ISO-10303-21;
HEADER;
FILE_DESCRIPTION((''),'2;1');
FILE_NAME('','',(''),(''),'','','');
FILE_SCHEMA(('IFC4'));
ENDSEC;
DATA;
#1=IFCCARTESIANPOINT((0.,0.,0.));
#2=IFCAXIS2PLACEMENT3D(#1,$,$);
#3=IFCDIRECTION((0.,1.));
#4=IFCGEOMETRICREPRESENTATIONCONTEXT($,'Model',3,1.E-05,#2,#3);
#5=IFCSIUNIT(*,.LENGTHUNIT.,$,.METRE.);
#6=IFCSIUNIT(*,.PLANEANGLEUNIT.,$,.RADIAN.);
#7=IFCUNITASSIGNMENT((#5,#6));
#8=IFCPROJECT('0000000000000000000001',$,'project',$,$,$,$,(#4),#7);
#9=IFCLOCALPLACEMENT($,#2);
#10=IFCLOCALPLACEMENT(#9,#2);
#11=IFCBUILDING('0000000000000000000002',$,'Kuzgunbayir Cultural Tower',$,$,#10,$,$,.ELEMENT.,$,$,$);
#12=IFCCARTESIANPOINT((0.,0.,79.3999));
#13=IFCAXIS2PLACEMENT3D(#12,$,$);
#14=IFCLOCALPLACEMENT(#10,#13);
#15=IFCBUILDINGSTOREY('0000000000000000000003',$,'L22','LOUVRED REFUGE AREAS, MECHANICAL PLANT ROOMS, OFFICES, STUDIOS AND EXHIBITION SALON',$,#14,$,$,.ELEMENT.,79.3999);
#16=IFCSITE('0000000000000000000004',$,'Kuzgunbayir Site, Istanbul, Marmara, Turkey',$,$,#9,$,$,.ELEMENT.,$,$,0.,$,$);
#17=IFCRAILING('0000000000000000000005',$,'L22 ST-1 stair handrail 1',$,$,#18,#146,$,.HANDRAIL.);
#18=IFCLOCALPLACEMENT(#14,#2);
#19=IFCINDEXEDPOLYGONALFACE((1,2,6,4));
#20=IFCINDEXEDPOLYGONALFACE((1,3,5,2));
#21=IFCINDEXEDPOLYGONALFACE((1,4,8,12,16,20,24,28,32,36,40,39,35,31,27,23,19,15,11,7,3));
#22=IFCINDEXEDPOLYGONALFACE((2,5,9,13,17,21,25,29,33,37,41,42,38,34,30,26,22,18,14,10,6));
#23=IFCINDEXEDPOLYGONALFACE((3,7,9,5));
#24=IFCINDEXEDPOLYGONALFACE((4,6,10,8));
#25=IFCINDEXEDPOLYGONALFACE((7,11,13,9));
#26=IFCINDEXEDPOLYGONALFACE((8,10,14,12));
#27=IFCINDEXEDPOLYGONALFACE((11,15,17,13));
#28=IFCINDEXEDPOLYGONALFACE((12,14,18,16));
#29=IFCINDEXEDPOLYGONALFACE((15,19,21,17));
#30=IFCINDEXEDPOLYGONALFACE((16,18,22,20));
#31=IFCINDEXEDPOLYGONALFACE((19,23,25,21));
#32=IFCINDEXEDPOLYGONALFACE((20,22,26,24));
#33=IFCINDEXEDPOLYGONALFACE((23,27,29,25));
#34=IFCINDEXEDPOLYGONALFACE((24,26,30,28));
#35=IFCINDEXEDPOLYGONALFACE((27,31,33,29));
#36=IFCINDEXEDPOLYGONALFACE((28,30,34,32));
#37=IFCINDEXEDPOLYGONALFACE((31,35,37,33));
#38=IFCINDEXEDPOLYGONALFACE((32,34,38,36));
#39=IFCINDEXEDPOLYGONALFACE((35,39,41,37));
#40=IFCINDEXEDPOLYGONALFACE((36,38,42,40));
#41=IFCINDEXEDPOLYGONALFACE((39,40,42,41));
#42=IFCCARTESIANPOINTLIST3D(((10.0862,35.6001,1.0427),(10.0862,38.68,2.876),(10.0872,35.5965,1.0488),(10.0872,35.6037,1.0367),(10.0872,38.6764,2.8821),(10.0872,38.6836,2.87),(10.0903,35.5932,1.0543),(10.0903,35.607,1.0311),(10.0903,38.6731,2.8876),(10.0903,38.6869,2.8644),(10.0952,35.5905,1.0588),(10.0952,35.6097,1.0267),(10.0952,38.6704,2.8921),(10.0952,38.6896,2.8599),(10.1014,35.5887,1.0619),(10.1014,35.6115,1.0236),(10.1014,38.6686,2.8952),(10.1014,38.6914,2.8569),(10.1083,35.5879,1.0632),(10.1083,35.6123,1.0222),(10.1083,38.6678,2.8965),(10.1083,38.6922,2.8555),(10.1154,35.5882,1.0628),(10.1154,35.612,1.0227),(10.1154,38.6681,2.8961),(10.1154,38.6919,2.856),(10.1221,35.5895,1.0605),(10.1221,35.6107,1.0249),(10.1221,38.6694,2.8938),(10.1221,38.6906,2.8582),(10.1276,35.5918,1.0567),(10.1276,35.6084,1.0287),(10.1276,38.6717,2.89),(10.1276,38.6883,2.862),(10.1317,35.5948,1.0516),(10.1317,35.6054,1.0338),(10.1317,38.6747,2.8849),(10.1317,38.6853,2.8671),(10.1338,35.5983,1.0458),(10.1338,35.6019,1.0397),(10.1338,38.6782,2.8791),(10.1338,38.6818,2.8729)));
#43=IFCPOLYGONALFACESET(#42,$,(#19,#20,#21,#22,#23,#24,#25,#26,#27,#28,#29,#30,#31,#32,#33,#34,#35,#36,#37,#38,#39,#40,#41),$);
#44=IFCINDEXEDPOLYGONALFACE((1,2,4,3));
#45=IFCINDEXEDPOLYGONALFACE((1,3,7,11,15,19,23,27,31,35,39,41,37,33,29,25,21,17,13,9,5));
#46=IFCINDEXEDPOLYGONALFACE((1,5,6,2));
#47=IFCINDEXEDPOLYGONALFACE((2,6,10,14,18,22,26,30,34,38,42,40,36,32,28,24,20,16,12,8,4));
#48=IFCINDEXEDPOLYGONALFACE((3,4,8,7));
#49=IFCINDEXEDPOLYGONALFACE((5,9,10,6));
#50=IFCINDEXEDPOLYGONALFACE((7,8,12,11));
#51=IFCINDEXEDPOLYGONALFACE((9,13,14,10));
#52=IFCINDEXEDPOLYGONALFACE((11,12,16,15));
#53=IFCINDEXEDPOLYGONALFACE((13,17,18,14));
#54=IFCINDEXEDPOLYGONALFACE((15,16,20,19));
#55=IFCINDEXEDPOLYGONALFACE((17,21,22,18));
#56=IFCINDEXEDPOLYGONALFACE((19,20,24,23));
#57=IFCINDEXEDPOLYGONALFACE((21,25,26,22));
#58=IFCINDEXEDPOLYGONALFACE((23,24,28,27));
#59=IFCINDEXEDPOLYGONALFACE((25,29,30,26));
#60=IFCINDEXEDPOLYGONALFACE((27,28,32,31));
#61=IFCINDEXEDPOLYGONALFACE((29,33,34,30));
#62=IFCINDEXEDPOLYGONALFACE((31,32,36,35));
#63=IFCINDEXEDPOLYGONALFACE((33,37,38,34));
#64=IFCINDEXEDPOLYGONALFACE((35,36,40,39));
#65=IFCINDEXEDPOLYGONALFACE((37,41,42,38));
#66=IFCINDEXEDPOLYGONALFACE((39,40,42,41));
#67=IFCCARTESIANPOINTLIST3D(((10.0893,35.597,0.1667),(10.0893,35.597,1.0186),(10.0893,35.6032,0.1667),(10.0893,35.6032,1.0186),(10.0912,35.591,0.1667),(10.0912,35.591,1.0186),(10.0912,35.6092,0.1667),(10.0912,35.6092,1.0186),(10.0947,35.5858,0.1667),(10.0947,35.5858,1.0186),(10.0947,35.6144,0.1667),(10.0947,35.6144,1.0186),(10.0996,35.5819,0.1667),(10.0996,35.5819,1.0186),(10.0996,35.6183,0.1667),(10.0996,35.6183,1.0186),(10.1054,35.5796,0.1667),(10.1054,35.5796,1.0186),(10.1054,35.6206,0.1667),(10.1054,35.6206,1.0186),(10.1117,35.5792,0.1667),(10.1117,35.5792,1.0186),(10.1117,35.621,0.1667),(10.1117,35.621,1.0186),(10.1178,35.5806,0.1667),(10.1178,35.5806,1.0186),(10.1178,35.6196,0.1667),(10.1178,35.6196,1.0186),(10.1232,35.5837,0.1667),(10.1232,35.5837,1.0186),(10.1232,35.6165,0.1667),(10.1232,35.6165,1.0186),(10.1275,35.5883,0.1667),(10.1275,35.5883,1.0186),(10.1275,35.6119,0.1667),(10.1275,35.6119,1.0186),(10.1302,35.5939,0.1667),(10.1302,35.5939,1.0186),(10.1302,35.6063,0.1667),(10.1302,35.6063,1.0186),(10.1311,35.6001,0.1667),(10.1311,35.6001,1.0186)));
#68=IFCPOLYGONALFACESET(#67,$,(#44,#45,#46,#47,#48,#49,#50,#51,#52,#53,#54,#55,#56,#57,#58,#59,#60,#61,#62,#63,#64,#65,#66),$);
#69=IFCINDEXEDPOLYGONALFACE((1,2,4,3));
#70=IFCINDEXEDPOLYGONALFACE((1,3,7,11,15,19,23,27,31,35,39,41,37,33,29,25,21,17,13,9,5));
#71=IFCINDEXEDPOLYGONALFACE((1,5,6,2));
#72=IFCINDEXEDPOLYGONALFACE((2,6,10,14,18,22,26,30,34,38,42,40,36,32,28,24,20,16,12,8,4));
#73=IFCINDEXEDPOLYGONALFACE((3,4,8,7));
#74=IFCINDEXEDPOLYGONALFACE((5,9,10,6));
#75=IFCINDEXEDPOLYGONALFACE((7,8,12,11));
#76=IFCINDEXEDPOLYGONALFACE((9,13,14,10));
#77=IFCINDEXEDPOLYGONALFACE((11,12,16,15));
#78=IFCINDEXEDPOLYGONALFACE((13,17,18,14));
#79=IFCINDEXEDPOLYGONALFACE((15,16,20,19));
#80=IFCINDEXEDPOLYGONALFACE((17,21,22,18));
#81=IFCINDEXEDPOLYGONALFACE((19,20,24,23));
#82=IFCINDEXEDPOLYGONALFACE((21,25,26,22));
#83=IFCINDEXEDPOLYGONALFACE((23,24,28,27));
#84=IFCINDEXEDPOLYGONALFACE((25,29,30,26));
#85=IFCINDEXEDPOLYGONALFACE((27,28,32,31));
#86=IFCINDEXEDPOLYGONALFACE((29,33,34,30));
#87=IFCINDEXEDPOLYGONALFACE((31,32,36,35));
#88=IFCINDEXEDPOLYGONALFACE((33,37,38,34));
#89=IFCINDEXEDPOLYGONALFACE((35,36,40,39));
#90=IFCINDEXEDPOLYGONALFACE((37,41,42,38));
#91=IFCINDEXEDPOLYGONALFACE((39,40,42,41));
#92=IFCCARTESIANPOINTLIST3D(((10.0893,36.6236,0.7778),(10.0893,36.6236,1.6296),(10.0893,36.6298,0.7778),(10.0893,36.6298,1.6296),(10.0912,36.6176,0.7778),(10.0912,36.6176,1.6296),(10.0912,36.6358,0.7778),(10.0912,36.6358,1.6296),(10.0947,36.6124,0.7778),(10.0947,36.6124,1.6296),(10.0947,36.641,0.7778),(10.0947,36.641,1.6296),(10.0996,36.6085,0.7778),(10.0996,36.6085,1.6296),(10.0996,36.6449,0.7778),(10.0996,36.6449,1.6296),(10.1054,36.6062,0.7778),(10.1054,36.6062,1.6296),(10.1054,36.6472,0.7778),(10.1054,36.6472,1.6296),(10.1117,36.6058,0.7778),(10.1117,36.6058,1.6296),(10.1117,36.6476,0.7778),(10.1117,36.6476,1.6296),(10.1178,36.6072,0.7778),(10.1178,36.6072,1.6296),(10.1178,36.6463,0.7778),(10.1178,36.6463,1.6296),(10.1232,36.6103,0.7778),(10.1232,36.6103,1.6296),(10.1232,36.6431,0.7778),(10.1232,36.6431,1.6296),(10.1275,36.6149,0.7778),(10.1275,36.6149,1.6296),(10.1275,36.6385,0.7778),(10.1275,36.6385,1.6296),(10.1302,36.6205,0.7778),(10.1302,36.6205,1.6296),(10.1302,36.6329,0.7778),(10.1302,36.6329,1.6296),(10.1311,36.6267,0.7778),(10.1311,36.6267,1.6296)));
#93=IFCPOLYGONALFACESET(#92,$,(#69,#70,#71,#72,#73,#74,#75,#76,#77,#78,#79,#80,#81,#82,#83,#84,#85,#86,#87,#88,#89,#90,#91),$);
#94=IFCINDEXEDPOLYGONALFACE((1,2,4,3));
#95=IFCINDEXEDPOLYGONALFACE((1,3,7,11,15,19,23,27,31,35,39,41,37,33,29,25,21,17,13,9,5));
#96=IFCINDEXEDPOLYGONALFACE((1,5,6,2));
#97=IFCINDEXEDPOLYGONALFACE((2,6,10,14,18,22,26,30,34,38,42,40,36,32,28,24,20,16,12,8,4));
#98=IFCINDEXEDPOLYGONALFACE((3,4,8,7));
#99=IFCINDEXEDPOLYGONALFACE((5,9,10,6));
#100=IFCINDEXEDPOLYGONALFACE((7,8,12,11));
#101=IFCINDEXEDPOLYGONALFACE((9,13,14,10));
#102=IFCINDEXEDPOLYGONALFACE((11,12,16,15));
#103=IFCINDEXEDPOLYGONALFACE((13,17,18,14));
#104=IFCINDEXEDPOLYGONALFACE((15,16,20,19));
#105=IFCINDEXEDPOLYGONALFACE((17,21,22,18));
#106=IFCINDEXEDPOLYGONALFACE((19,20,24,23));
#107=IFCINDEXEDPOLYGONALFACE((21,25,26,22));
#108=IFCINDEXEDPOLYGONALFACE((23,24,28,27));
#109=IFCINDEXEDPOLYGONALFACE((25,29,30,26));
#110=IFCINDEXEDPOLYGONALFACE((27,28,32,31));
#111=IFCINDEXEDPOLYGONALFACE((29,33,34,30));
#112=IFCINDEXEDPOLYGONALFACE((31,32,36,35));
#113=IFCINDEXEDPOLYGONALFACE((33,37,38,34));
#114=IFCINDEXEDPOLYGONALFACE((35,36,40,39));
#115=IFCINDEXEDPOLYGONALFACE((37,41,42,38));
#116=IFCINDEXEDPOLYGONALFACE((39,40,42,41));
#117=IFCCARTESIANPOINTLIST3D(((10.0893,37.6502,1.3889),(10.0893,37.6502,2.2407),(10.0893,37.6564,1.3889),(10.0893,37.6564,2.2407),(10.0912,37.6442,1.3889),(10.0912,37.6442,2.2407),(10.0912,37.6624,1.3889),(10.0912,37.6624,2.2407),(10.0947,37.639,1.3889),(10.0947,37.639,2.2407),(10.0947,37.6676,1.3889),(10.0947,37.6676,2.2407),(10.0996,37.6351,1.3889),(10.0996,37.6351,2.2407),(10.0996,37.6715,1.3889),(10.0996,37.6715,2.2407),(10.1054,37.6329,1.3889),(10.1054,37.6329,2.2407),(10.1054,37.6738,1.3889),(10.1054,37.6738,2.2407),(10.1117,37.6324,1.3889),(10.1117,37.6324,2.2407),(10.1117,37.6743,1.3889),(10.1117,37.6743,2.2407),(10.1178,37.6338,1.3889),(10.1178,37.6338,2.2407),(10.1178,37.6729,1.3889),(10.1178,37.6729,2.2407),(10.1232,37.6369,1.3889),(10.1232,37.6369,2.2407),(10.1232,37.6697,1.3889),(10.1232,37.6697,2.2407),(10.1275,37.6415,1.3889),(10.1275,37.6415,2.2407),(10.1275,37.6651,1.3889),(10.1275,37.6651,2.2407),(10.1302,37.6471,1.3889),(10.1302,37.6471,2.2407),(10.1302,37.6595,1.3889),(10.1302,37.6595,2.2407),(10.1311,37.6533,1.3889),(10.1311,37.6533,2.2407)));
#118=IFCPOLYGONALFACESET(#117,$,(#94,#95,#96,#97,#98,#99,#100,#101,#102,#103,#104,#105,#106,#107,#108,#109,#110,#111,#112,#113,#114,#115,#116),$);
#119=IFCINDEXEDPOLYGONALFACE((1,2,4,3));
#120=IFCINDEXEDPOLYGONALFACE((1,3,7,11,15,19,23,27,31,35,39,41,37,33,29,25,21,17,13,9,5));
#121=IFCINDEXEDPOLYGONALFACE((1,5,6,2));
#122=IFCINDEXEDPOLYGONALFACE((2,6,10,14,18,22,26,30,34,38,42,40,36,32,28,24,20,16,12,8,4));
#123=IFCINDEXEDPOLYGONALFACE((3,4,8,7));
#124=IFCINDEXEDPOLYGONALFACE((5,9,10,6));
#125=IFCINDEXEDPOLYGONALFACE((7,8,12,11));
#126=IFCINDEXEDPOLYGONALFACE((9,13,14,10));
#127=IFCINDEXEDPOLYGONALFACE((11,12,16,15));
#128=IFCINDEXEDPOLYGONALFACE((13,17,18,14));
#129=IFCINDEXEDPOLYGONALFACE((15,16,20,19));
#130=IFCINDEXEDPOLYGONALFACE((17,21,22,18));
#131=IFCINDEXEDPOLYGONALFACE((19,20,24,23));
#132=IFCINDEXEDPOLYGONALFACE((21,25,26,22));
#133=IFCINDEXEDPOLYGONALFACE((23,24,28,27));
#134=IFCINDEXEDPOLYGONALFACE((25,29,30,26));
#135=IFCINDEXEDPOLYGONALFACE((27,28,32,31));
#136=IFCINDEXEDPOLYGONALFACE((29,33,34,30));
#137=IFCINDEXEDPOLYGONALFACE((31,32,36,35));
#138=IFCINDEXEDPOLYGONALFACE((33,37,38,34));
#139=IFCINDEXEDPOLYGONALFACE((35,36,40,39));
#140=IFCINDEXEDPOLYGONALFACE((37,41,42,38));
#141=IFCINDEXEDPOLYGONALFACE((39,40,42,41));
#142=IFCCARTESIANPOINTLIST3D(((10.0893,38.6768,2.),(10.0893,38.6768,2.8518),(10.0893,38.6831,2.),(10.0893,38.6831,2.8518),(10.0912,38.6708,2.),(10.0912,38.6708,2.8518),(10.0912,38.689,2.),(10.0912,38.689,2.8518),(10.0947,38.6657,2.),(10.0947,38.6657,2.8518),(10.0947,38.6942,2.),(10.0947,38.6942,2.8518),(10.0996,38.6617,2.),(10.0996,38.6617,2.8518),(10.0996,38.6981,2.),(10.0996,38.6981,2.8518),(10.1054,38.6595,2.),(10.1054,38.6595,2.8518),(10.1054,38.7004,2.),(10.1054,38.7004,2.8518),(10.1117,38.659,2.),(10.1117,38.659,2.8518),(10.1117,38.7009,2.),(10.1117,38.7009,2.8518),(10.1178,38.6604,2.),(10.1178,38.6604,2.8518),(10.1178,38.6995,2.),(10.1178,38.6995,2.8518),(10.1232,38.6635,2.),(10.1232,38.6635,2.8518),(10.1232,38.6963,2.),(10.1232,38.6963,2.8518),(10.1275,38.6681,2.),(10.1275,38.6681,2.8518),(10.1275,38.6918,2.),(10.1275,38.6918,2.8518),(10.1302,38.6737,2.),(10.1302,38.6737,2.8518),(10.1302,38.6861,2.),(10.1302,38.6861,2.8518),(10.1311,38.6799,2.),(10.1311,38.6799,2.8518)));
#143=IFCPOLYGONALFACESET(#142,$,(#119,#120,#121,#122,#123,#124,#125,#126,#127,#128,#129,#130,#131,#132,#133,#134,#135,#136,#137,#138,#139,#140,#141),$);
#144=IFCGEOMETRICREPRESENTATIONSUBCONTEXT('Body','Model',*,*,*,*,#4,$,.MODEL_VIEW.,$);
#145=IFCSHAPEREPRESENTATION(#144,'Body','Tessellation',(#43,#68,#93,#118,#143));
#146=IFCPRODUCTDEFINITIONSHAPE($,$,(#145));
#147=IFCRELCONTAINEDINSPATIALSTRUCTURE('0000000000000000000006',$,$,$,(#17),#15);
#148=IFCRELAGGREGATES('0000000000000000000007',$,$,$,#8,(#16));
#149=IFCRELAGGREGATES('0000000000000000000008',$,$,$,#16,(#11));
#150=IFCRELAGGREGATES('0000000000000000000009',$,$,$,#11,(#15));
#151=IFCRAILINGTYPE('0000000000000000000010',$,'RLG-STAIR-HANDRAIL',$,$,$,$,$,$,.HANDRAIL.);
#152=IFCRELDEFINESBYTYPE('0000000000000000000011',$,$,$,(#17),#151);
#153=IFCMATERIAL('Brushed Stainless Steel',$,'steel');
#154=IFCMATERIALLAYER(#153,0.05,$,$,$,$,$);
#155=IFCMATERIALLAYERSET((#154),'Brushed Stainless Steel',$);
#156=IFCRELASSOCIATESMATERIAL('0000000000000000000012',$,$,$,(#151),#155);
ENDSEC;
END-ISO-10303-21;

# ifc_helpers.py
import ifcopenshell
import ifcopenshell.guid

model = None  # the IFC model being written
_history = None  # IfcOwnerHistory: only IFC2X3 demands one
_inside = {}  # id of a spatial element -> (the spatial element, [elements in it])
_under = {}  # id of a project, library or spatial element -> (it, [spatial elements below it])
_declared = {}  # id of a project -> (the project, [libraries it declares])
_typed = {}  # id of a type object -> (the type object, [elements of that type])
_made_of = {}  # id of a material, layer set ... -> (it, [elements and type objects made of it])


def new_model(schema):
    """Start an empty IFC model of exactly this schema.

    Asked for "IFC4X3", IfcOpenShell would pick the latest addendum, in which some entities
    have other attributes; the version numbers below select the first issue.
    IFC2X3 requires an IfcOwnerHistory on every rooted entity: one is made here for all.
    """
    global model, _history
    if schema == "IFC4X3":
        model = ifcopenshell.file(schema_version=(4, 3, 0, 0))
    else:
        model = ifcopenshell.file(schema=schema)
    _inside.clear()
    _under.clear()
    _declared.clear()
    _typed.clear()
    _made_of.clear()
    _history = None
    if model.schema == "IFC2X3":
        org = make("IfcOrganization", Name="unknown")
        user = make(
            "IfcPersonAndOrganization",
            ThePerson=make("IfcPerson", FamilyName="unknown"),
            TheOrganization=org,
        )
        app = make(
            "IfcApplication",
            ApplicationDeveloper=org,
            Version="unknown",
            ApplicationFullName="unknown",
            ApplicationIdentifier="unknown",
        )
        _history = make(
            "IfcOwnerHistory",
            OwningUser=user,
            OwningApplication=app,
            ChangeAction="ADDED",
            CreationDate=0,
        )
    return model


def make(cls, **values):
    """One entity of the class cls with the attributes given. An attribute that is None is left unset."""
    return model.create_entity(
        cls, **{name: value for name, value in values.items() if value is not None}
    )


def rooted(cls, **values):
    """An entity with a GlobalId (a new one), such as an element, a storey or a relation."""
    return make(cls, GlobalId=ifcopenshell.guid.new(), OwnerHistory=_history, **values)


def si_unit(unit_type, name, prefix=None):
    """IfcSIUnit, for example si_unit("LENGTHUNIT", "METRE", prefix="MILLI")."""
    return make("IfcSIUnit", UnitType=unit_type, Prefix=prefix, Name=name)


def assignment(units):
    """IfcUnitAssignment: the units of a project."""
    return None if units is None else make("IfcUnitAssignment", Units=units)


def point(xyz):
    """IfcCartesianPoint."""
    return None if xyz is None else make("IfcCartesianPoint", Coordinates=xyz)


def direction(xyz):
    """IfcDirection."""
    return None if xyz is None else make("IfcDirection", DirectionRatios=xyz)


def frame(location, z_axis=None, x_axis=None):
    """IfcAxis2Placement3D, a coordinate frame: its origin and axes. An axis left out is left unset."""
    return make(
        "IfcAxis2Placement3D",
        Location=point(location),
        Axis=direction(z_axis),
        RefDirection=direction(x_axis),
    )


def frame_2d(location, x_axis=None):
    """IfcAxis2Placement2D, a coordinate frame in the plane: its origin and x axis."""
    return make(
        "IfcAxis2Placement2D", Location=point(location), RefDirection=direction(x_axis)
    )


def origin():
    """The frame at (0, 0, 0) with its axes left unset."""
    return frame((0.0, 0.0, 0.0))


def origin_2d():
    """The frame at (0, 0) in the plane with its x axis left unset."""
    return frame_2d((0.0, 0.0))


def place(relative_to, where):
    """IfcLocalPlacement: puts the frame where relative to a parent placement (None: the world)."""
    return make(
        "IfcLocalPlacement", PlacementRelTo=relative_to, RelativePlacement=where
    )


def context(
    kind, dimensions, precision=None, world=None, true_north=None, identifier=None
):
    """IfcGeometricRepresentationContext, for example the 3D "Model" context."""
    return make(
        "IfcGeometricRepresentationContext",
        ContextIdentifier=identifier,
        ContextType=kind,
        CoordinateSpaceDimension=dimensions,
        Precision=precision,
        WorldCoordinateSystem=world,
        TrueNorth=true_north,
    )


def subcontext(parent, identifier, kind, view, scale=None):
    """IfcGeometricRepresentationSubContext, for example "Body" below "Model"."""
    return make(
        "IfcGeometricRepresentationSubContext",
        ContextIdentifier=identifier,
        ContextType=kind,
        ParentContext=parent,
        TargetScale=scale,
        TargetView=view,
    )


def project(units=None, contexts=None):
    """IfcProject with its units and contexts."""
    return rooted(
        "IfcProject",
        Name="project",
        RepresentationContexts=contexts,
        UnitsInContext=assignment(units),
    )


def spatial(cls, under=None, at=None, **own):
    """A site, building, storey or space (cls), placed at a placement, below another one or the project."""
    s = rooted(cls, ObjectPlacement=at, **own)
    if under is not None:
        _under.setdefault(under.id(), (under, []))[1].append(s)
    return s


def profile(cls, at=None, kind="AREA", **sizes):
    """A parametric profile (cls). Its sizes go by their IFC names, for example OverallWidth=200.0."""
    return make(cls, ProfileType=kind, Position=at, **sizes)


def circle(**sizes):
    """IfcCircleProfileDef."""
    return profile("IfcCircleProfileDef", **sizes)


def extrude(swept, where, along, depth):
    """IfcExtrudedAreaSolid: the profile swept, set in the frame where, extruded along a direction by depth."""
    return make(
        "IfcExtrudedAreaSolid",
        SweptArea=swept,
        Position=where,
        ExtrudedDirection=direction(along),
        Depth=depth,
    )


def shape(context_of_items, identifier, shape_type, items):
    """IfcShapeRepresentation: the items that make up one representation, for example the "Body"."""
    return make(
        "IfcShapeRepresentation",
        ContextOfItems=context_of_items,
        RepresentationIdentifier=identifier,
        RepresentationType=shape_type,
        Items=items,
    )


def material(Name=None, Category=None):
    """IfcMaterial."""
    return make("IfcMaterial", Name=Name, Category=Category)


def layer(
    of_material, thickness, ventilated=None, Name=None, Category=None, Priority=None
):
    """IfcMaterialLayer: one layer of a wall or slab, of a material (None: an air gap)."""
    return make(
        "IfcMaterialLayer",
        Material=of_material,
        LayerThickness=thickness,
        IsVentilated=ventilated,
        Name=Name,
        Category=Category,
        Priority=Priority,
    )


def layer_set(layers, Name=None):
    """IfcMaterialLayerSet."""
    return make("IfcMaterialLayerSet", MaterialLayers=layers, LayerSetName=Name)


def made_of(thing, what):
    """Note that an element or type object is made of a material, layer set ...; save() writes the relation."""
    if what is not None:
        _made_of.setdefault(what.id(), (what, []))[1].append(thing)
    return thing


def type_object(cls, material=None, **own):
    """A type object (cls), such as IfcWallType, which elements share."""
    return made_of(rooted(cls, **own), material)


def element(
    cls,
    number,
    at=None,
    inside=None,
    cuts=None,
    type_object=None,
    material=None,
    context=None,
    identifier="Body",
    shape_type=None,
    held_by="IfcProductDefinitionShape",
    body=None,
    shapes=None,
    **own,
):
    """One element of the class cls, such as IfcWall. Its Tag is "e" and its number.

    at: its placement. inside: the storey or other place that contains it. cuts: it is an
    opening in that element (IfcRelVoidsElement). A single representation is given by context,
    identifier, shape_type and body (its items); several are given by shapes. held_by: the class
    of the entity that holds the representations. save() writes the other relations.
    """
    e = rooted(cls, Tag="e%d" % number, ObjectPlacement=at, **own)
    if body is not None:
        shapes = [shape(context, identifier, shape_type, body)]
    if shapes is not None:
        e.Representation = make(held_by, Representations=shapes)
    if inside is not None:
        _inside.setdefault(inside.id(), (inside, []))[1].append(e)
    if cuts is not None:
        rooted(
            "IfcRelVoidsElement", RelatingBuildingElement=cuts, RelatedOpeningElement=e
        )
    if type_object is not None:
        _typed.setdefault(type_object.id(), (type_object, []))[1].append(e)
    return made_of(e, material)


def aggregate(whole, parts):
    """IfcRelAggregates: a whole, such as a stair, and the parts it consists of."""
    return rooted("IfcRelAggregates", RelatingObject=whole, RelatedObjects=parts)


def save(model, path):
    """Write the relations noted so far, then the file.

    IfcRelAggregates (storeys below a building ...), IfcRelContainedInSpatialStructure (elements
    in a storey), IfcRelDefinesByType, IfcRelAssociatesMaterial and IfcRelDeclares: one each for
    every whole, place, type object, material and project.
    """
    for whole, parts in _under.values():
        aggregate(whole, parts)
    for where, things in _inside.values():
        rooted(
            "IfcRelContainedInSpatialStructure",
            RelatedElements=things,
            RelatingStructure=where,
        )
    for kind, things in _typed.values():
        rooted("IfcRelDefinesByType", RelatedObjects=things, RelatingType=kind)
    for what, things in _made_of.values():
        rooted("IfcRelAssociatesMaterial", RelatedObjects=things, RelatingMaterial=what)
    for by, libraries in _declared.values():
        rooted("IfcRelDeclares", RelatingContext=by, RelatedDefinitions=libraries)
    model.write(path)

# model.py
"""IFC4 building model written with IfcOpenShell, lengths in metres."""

from ifc_helpers import new_model, si_unit, direction, frame, origin, origin_2d, place, context, subcontext, project, spatial, circle, extrude, material, layer, layer_set, type_object, element, save


model = new_model("IFC4")

# Units and contexts
model_context = context("Model", 3, precision=1e-05, world=origin(), true_north=direction((0.0, 1.0)))
body_context = subcontext(model_context, "Body", "Model", "MODEL_VIEW")
ifc_project = project(units=[si_unit("LENGTHUNIT", "METRE"), si_unit("PLANEANGLEUNIT", "RADIAN")], contexts=[model_context])

# Site, building, storey
site_placement = place(None, origin())
site = spatial("IfcSite", under=ifc_project, at=site_placement, Name="Kuzgunbayir Site, Istanbul, Marmara, Turkey", CompositionType="ELEMENT", RefElevation=0.0)
building_placement = place(site_placement, origin())
building = spatial("IfcBuilding", under=site, at=building_placement, Name="Kuzgunbayir Cultural Tower", CompositionType="ELEMENT")
storey_placement = place(building_placement, frame((0.0, 0.0, 79.3999)))
storey = spatial("IfcBuildingStorey", under=building, at=storey_placement, Name="L22", Description="LOUVRED REFUGE AREAS, MECHANICAL PLANT ROOMS, OFFICES, STUDIOS AND EXHIBITION SALON", CompositionType="ELEMENT", Elevation=79.3999)

# Shared definitions
ifc_material_1 = material(Name="Brushed Stainless Steel", Category="steel")

# Railing
ifc_layer_1 = layer(ifc_material_1, 0.05)
ifc_layer_set_1 = layer_set([ifc_layer_1], Name="Brushed Stainless Steel")
railing_type_1 = type_object("IfcRailingType", Name="RLG-STAIR-HANDRAIL", PredefinedType="HANDRAIL", material=ifc_layer_set_1)
railing_1_placement = place(storey_placement, frame((10.1101, 35.6001, 0.1667)))
element("IfcRailing", 1, at=railing_1_placement, inside=storey, type_object=railing_type_1, Name="L22 ST-1 stair handrail 1", PredefinedType="HANDRAIL", context=body_context, shape_type="SweptSolid", body=[
    extrude(circle(Radius=0.0239, at=origin_2d()), frame((0.0, 0.0, 0.876), z_axis=(0.0, 0.859291, 0.511487), x_axis=(-1.0, 0.0, 0.0)), (0.0, 0.0, 1.0), 3.5842),
    extrude(circle(Radius=0.021, at=origin_2d()), origin(), (0.0, 0.0, 1.0), 0.8518),
    extrude(circle(Radius=0.021, at=origin_2d()), frame((0.0, 1.0266, 0.6111)), (0.0, 0.0, 1.0), 0.8518),
    extrude(circle(Radius=0.021, at=origin_2d()), frame((0.0, 2.0532, 1.2222)), (0.0, 0.0, 1.0), 0.8518),
    extrude(circle(Radius=0.021, at=origin_2d()), frame((0.0, 3.0798, 1.8333)), (0.0, 0.0, 1.0), 0.8518),
])

save(model, "model.ifc")
